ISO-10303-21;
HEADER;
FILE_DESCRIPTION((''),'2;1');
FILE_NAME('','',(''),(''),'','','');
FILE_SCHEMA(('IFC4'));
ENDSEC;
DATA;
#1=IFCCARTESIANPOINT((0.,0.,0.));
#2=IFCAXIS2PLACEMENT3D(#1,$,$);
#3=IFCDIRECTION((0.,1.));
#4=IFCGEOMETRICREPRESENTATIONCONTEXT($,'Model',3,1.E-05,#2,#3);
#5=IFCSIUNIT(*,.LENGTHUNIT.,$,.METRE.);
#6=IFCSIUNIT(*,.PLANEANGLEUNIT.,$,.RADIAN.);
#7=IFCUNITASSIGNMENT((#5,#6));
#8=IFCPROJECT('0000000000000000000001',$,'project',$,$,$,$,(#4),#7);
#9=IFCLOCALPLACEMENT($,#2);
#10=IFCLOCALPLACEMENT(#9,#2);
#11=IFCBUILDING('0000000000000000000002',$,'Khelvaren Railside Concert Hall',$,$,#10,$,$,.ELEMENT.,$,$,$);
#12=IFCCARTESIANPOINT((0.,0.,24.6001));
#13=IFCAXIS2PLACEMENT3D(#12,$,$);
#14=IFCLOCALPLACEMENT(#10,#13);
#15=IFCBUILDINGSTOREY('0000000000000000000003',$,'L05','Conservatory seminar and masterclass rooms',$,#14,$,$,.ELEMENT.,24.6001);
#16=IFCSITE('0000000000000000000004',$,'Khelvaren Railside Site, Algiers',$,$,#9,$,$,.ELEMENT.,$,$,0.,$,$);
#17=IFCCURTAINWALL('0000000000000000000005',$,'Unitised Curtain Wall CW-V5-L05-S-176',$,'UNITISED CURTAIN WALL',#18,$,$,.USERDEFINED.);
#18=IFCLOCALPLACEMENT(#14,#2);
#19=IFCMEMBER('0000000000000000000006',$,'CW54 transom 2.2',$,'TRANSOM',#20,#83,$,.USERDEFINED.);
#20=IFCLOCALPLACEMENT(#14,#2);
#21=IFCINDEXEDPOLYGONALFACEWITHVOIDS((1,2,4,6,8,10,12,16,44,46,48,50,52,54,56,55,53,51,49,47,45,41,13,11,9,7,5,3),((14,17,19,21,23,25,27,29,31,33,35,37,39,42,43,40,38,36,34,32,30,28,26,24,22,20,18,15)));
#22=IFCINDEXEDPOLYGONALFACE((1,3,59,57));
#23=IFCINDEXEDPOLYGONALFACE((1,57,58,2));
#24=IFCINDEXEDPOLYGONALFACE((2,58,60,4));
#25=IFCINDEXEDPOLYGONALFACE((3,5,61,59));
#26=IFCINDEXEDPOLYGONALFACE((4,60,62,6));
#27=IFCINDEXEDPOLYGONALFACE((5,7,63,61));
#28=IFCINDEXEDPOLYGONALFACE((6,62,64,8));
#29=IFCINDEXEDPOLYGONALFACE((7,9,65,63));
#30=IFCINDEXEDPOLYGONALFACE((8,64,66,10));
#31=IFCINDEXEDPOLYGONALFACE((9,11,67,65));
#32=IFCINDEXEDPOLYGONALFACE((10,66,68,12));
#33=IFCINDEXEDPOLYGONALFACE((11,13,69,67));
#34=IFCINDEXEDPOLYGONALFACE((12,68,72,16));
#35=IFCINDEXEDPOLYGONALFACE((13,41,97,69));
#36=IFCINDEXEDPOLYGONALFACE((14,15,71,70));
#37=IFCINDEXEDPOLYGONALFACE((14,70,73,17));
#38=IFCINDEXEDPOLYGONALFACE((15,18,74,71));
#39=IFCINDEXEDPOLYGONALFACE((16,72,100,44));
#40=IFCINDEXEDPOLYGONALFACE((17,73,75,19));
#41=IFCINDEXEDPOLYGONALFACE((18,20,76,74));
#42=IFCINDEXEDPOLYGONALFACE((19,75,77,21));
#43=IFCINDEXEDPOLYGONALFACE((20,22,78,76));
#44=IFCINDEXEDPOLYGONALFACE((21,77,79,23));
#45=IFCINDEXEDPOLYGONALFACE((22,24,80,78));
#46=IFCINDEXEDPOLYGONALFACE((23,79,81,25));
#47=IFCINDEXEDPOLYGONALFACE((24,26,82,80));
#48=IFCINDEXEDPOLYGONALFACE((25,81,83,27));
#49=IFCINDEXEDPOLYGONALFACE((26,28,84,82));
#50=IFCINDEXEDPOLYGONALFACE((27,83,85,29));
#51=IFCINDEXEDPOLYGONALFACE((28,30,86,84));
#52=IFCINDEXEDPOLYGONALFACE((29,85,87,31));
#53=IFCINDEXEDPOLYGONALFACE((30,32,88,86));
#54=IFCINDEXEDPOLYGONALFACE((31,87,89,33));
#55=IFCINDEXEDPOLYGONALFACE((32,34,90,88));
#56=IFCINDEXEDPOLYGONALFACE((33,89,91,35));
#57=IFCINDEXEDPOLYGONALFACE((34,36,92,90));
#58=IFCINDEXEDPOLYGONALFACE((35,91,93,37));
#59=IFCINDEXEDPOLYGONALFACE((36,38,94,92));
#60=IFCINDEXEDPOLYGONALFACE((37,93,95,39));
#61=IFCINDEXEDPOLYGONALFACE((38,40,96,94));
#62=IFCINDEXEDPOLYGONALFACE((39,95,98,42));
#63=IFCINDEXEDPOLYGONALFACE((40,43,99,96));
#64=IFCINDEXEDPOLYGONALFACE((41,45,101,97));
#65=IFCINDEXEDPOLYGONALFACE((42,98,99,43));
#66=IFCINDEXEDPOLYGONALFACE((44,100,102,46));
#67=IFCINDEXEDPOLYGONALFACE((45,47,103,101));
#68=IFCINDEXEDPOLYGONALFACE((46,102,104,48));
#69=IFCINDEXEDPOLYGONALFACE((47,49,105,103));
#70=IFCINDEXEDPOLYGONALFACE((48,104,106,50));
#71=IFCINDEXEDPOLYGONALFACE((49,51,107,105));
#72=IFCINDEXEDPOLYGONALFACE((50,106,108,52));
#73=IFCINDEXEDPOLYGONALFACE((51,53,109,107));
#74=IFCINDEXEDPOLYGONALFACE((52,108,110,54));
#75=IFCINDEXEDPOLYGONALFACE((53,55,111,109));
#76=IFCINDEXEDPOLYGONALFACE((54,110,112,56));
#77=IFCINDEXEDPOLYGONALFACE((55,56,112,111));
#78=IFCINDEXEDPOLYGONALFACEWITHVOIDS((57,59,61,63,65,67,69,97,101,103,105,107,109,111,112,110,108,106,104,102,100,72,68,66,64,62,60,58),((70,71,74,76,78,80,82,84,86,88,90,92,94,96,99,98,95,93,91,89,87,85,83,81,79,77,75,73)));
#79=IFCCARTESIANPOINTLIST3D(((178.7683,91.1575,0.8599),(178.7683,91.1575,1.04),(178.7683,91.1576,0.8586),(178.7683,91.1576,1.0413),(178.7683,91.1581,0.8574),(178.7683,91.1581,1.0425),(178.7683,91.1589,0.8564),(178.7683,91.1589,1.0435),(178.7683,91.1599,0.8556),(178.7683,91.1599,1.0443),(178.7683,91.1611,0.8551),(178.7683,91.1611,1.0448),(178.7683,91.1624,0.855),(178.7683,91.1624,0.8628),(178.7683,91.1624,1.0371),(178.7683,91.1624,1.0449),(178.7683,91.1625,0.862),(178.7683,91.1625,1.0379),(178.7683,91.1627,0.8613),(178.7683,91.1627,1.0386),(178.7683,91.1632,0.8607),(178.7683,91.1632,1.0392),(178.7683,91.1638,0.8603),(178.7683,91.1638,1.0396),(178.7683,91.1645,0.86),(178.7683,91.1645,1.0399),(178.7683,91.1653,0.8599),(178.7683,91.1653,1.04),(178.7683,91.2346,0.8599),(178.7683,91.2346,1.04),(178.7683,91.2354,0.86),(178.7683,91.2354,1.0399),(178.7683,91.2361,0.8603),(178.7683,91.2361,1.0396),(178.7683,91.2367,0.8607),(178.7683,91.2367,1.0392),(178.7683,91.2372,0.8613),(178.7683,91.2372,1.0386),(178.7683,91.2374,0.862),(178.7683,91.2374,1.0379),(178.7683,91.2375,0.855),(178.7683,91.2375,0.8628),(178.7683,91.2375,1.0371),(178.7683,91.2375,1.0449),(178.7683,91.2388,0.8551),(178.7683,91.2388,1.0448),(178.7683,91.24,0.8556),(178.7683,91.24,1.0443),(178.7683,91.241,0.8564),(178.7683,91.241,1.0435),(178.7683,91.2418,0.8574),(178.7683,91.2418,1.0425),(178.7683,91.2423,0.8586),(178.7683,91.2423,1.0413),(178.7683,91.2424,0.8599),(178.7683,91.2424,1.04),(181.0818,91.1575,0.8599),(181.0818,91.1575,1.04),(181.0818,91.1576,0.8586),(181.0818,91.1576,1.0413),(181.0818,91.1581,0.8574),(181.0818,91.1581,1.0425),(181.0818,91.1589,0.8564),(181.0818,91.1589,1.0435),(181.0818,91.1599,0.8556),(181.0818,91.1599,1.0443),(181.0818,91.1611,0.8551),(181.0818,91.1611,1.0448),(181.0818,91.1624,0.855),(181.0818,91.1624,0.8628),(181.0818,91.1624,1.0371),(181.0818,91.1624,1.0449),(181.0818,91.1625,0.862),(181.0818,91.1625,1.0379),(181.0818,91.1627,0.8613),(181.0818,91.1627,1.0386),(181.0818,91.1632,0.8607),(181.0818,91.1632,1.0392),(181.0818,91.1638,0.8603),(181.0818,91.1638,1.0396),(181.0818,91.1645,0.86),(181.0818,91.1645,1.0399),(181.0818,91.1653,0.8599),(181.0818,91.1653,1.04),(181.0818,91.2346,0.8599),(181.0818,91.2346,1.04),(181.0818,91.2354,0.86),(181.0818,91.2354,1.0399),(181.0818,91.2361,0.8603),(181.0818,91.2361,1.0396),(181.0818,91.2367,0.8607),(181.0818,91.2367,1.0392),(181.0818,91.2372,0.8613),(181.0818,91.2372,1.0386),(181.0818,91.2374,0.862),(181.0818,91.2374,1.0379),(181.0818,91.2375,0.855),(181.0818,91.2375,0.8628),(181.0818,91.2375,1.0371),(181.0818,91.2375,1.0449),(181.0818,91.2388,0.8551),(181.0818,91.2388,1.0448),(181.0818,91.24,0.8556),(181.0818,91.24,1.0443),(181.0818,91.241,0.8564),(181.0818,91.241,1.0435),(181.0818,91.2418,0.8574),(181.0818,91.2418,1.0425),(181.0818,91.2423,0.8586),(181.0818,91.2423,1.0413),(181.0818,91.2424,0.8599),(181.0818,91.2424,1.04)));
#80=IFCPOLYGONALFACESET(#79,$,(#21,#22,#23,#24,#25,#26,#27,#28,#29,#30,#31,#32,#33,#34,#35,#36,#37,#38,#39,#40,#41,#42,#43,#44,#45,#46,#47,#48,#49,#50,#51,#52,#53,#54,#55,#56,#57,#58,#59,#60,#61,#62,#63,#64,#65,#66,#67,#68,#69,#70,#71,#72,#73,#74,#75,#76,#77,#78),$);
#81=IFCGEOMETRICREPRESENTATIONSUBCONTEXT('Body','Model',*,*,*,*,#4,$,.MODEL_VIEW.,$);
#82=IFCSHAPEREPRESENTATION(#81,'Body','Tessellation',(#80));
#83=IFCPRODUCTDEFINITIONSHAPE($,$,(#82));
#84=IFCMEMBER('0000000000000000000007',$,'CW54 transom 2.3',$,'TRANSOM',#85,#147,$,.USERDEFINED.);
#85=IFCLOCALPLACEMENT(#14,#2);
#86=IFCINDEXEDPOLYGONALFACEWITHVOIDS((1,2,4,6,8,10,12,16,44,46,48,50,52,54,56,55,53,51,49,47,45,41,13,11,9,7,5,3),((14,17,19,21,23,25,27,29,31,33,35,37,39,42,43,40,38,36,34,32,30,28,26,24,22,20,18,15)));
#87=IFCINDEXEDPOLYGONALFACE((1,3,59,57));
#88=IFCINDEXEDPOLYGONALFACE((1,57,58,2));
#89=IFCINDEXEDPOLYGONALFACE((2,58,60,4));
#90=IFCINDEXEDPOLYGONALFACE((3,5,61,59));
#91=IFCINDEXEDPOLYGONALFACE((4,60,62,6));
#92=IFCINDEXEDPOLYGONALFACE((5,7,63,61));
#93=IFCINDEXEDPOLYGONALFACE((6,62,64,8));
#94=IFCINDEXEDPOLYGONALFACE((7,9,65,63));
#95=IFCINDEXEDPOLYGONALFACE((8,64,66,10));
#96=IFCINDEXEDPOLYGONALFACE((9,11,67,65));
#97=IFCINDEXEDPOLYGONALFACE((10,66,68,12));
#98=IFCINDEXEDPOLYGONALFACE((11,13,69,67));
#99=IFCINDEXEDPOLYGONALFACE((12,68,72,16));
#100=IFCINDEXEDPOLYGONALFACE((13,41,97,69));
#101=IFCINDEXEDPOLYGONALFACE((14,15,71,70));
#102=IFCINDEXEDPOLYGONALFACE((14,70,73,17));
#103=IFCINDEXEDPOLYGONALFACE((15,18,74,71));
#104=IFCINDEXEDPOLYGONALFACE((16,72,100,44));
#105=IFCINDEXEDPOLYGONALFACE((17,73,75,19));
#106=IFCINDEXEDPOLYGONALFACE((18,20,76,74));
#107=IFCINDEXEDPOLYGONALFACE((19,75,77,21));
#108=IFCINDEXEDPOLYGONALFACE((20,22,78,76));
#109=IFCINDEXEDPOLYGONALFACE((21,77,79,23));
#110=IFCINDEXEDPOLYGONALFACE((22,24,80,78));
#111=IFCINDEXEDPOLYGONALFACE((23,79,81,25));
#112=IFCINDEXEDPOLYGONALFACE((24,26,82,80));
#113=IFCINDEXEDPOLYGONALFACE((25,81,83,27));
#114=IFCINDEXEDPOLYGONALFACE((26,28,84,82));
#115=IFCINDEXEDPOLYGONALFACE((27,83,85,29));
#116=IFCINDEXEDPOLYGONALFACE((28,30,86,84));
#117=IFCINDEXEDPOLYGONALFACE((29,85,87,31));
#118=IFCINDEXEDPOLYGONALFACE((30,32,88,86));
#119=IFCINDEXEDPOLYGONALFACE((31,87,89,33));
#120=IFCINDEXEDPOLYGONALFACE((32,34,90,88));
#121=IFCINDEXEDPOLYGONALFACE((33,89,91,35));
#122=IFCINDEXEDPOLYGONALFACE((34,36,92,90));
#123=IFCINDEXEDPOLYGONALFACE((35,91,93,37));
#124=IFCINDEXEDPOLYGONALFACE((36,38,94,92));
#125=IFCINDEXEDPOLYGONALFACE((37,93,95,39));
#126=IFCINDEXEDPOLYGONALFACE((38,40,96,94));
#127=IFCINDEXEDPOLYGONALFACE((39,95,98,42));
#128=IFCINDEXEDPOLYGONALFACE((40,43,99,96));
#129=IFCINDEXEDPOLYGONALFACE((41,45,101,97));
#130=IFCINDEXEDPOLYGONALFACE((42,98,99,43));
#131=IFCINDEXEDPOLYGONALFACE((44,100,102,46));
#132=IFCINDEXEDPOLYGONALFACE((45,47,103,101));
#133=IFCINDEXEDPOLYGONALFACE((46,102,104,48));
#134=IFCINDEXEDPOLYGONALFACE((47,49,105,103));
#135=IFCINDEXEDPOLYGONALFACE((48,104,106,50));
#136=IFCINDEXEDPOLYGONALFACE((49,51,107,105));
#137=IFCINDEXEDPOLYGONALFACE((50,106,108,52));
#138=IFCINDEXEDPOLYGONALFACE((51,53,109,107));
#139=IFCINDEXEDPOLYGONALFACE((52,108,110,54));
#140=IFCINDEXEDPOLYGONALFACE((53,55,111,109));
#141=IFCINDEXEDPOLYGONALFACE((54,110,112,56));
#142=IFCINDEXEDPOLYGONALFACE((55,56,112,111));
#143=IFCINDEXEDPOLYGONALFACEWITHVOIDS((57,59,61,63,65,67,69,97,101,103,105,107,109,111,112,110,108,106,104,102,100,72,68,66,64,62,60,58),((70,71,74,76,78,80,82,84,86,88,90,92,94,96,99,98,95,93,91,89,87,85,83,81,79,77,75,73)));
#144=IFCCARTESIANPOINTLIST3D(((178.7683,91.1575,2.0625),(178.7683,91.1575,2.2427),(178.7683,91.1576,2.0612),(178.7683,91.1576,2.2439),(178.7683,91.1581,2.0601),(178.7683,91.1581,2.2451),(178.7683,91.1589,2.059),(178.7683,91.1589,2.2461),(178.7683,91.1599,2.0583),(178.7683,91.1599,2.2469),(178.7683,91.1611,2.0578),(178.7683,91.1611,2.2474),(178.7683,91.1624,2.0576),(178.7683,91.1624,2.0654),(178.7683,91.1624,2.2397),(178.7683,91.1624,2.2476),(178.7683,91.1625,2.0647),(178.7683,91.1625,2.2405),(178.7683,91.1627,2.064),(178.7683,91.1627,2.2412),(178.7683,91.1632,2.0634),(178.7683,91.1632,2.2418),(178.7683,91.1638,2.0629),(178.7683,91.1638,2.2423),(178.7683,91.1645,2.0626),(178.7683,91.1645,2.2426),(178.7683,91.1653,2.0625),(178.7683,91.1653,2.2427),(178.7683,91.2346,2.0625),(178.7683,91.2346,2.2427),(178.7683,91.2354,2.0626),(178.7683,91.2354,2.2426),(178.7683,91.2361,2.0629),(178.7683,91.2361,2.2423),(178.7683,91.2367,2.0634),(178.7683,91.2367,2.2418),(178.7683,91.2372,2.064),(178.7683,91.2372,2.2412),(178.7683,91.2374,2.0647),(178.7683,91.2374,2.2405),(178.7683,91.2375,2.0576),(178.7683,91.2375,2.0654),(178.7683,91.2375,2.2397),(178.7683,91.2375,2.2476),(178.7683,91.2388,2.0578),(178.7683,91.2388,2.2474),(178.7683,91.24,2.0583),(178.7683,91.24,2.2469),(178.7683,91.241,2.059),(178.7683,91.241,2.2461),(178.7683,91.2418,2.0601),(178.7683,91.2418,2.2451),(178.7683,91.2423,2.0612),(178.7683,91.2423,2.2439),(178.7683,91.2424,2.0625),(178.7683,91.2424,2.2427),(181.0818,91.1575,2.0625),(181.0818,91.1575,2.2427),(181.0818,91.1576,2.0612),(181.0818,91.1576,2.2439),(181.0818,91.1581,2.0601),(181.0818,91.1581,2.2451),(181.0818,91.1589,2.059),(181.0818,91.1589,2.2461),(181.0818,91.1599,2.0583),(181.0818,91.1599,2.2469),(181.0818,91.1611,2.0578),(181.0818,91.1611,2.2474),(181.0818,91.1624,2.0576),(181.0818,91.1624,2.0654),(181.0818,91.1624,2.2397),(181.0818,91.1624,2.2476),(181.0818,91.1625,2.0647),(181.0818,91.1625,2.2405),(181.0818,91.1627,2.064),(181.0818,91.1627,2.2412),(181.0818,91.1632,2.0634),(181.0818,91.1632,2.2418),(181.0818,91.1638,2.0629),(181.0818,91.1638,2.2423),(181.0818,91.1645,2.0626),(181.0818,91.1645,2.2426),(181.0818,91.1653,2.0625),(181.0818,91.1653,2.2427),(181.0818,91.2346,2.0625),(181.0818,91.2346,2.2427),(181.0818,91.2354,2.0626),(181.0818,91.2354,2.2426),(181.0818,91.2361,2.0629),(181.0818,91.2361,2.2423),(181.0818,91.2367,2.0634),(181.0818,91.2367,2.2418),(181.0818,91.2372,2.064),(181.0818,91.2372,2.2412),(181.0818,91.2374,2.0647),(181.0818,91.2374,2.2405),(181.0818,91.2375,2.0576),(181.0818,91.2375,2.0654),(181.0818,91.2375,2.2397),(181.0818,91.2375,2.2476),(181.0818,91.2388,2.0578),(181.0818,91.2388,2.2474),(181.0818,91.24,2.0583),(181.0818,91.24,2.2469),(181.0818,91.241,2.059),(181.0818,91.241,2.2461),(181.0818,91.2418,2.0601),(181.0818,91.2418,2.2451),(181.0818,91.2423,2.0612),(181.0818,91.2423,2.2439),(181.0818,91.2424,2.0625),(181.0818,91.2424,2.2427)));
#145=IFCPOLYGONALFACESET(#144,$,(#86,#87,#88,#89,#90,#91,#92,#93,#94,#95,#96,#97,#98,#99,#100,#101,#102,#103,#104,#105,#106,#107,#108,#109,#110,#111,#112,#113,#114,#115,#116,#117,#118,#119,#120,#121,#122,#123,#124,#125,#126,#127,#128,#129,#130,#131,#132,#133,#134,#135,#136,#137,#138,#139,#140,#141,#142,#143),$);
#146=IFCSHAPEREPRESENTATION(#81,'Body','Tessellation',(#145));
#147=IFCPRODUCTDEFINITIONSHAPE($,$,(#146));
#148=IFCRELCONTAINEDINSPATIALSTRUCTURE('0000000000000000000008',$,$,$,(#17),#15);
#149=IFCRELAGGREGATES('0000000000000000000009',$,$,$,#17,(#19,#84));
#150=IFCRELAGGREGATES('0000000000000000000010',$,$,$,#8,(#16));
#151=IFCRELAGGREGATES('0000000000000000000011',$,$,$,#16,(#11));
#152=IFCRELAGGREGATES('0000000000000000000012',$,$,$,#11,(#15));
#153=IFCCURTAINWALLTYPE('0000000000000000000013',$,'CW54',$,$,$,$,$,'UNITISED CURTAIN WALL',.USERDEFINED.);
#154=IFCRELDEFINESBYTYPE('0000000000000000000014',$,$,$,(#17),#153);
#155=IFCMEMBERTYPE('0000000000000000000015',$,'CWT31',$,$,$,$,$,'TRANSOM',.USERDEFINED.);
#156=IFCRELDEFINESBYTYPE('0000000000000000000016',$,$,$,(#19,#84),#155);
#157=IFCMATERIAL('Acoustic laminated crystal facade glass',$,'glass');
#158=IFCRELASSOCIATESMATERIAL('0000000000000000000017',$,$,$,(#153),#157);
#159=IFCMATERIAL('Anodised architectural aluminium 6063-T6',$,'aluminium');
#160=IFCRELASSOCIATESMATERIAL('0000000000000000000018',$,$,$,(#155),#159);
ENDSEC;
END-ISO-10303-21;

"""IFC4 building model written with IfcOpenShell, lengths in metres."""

from ifc_helpers import new_model, si_unit, direction, frame, origin, origin_2d, place, context, subcontext, project, spatial, hollow_rectangle, extrude, material, material_profile, profile_set, type_object, element, aggregate, save


model = new_model("IFC4")

# Units and contexts
model_context = context("Model", 3, precision=1e-05, world=origin(), true_north=direction((0.0, 1.0)))
body_context = subcontext(model_context, "Body", "Model", "MODEL_VIEW")
ifc_project = project(units=[si_unit("LENGTHUNIT", "METRE"), si_unit("PLANEANGLEUNIT", "RADIAN")], contexts=[model_context])

# Site, building, storey
site_placement = place(None, origin())
site = spatial("IfcSite", under=ifc_project, at=site_placement, Name="Khelvaren Railside Site, Algiers", CompositionType="ELEMENT", RefElevation=0.0)
building_placement = place(site_placement, origin())
building = spatial("IfcBuilding", under=site, at=building_placement, Name="Khelvaren Railside Concert Hall", CompositionType="ELEMENT")
storey_placement = place(building_placement, frame((0.0, 0.0, 24.6001)))
storey = spatial("IfcBuildingStorey", under=building, at=storey_placement, Name="L05", Description="Conservatory seminar and masterclass rooms", CompositionType="ELEMENT", Elevation=24.6001)

# Shared definitions
ifc_material_1 = material(Name="Anodised architectural aluminium 6063-T6", Category="aluminium")

# Curtain wall, members
ifc_material_2 = material(Name="Acoustic laminated crystal facade glass", Category="glass")
curtain_wall_type_1 = type_object("IfcCurtainWallType", Name="CW54", ElementType="UNITISED CURTAIN WALL", PredefinedType="USERDEFINED", material=ifc_material_2)
curtain_wall_1_placement = place(storey_placement, origin())
curtain_wall_1 = element("IfcCurtainWall", 1, at=curtain_wall_1_placement, inside=storey, type_object=curtain_wall_type_1, Name="Unitised Curtain Wall CW-V5-L05-S-176", ObjectType="UNITISED CURTAIN WALL", PredefinedType="USERDEFINED")
ifc_material_profile_1 = material_profile(ifc_material_1, hollow_rectangle(XDim=0.085, YDim=0.1899, WallThickness=0.0049, InnerFilletRadius=0.0029, OuterFilletRadius=0.0049, at=origin_2d()), Name="CWT 85x190x5")
ifc_profile_set_1 = profile_set([ifc_material_profile_1], Name="Anodised architectural aluminium 6063-T6")
member_type_1 = type_object("IfcMemberType", Name="CWT31", ElementType="TRANSOM", PredefinedType="USERDEFINED", material=ifc_profile_set_1)
member_1_placement = place(storey_placement, frame((181.0818, 91.2, 0.95), z_axis=(-1.0, 0.0, 0.0), x_axis=(0.0, -1.0, 0.0)))
member_1 = element("IfcMember", 2, at=member_1_placement, type_object=member_type_1, Name="CW54 transom 2.2", ObjectType="TRANSOM", PredefinedType="USERDEFINED", context=body_context, shape_type="SweptSolid", body=[
    extrude(hollow_rectangle(XDim=0.085, YDim=0.1899, WallThickness=0.0049, InnerFilletRadius=0.0029, OuterFilletRadius=0.0049, at=origin_2d()), origin(), (0.0, 0.0, 1.0), 2.3135),
])
member_2_placement = place(storey_placement, frame((181.0818, 91.2, 2.1526), z_axis=(-1.0, 0.0, 0.0), x_axis=(0.0, -1.0, 0.0)))
member_2 = element("IfcMember", 3, at=member_2_placement, type_object=member_type_1, Name="CW54 transom 2.3", ObjectType="TRANSOM", PredefinedType="USERDEFINED", context=body_context, shape_type="SweptSolid", body=[
    extrude(hollow_rectangle(XDim=0.085, YDim=0.1899, WallThickness=0.0049, InnerFilletRadius=0.0029, OuterFilletRadius=0.0049, at=origin_2d()), origin(), (0.0, 0.0, 1.0), 2.3135),
])

aggregate(curtain_wall_1, [member_1, member_2])

save(model, "model.ifc")
